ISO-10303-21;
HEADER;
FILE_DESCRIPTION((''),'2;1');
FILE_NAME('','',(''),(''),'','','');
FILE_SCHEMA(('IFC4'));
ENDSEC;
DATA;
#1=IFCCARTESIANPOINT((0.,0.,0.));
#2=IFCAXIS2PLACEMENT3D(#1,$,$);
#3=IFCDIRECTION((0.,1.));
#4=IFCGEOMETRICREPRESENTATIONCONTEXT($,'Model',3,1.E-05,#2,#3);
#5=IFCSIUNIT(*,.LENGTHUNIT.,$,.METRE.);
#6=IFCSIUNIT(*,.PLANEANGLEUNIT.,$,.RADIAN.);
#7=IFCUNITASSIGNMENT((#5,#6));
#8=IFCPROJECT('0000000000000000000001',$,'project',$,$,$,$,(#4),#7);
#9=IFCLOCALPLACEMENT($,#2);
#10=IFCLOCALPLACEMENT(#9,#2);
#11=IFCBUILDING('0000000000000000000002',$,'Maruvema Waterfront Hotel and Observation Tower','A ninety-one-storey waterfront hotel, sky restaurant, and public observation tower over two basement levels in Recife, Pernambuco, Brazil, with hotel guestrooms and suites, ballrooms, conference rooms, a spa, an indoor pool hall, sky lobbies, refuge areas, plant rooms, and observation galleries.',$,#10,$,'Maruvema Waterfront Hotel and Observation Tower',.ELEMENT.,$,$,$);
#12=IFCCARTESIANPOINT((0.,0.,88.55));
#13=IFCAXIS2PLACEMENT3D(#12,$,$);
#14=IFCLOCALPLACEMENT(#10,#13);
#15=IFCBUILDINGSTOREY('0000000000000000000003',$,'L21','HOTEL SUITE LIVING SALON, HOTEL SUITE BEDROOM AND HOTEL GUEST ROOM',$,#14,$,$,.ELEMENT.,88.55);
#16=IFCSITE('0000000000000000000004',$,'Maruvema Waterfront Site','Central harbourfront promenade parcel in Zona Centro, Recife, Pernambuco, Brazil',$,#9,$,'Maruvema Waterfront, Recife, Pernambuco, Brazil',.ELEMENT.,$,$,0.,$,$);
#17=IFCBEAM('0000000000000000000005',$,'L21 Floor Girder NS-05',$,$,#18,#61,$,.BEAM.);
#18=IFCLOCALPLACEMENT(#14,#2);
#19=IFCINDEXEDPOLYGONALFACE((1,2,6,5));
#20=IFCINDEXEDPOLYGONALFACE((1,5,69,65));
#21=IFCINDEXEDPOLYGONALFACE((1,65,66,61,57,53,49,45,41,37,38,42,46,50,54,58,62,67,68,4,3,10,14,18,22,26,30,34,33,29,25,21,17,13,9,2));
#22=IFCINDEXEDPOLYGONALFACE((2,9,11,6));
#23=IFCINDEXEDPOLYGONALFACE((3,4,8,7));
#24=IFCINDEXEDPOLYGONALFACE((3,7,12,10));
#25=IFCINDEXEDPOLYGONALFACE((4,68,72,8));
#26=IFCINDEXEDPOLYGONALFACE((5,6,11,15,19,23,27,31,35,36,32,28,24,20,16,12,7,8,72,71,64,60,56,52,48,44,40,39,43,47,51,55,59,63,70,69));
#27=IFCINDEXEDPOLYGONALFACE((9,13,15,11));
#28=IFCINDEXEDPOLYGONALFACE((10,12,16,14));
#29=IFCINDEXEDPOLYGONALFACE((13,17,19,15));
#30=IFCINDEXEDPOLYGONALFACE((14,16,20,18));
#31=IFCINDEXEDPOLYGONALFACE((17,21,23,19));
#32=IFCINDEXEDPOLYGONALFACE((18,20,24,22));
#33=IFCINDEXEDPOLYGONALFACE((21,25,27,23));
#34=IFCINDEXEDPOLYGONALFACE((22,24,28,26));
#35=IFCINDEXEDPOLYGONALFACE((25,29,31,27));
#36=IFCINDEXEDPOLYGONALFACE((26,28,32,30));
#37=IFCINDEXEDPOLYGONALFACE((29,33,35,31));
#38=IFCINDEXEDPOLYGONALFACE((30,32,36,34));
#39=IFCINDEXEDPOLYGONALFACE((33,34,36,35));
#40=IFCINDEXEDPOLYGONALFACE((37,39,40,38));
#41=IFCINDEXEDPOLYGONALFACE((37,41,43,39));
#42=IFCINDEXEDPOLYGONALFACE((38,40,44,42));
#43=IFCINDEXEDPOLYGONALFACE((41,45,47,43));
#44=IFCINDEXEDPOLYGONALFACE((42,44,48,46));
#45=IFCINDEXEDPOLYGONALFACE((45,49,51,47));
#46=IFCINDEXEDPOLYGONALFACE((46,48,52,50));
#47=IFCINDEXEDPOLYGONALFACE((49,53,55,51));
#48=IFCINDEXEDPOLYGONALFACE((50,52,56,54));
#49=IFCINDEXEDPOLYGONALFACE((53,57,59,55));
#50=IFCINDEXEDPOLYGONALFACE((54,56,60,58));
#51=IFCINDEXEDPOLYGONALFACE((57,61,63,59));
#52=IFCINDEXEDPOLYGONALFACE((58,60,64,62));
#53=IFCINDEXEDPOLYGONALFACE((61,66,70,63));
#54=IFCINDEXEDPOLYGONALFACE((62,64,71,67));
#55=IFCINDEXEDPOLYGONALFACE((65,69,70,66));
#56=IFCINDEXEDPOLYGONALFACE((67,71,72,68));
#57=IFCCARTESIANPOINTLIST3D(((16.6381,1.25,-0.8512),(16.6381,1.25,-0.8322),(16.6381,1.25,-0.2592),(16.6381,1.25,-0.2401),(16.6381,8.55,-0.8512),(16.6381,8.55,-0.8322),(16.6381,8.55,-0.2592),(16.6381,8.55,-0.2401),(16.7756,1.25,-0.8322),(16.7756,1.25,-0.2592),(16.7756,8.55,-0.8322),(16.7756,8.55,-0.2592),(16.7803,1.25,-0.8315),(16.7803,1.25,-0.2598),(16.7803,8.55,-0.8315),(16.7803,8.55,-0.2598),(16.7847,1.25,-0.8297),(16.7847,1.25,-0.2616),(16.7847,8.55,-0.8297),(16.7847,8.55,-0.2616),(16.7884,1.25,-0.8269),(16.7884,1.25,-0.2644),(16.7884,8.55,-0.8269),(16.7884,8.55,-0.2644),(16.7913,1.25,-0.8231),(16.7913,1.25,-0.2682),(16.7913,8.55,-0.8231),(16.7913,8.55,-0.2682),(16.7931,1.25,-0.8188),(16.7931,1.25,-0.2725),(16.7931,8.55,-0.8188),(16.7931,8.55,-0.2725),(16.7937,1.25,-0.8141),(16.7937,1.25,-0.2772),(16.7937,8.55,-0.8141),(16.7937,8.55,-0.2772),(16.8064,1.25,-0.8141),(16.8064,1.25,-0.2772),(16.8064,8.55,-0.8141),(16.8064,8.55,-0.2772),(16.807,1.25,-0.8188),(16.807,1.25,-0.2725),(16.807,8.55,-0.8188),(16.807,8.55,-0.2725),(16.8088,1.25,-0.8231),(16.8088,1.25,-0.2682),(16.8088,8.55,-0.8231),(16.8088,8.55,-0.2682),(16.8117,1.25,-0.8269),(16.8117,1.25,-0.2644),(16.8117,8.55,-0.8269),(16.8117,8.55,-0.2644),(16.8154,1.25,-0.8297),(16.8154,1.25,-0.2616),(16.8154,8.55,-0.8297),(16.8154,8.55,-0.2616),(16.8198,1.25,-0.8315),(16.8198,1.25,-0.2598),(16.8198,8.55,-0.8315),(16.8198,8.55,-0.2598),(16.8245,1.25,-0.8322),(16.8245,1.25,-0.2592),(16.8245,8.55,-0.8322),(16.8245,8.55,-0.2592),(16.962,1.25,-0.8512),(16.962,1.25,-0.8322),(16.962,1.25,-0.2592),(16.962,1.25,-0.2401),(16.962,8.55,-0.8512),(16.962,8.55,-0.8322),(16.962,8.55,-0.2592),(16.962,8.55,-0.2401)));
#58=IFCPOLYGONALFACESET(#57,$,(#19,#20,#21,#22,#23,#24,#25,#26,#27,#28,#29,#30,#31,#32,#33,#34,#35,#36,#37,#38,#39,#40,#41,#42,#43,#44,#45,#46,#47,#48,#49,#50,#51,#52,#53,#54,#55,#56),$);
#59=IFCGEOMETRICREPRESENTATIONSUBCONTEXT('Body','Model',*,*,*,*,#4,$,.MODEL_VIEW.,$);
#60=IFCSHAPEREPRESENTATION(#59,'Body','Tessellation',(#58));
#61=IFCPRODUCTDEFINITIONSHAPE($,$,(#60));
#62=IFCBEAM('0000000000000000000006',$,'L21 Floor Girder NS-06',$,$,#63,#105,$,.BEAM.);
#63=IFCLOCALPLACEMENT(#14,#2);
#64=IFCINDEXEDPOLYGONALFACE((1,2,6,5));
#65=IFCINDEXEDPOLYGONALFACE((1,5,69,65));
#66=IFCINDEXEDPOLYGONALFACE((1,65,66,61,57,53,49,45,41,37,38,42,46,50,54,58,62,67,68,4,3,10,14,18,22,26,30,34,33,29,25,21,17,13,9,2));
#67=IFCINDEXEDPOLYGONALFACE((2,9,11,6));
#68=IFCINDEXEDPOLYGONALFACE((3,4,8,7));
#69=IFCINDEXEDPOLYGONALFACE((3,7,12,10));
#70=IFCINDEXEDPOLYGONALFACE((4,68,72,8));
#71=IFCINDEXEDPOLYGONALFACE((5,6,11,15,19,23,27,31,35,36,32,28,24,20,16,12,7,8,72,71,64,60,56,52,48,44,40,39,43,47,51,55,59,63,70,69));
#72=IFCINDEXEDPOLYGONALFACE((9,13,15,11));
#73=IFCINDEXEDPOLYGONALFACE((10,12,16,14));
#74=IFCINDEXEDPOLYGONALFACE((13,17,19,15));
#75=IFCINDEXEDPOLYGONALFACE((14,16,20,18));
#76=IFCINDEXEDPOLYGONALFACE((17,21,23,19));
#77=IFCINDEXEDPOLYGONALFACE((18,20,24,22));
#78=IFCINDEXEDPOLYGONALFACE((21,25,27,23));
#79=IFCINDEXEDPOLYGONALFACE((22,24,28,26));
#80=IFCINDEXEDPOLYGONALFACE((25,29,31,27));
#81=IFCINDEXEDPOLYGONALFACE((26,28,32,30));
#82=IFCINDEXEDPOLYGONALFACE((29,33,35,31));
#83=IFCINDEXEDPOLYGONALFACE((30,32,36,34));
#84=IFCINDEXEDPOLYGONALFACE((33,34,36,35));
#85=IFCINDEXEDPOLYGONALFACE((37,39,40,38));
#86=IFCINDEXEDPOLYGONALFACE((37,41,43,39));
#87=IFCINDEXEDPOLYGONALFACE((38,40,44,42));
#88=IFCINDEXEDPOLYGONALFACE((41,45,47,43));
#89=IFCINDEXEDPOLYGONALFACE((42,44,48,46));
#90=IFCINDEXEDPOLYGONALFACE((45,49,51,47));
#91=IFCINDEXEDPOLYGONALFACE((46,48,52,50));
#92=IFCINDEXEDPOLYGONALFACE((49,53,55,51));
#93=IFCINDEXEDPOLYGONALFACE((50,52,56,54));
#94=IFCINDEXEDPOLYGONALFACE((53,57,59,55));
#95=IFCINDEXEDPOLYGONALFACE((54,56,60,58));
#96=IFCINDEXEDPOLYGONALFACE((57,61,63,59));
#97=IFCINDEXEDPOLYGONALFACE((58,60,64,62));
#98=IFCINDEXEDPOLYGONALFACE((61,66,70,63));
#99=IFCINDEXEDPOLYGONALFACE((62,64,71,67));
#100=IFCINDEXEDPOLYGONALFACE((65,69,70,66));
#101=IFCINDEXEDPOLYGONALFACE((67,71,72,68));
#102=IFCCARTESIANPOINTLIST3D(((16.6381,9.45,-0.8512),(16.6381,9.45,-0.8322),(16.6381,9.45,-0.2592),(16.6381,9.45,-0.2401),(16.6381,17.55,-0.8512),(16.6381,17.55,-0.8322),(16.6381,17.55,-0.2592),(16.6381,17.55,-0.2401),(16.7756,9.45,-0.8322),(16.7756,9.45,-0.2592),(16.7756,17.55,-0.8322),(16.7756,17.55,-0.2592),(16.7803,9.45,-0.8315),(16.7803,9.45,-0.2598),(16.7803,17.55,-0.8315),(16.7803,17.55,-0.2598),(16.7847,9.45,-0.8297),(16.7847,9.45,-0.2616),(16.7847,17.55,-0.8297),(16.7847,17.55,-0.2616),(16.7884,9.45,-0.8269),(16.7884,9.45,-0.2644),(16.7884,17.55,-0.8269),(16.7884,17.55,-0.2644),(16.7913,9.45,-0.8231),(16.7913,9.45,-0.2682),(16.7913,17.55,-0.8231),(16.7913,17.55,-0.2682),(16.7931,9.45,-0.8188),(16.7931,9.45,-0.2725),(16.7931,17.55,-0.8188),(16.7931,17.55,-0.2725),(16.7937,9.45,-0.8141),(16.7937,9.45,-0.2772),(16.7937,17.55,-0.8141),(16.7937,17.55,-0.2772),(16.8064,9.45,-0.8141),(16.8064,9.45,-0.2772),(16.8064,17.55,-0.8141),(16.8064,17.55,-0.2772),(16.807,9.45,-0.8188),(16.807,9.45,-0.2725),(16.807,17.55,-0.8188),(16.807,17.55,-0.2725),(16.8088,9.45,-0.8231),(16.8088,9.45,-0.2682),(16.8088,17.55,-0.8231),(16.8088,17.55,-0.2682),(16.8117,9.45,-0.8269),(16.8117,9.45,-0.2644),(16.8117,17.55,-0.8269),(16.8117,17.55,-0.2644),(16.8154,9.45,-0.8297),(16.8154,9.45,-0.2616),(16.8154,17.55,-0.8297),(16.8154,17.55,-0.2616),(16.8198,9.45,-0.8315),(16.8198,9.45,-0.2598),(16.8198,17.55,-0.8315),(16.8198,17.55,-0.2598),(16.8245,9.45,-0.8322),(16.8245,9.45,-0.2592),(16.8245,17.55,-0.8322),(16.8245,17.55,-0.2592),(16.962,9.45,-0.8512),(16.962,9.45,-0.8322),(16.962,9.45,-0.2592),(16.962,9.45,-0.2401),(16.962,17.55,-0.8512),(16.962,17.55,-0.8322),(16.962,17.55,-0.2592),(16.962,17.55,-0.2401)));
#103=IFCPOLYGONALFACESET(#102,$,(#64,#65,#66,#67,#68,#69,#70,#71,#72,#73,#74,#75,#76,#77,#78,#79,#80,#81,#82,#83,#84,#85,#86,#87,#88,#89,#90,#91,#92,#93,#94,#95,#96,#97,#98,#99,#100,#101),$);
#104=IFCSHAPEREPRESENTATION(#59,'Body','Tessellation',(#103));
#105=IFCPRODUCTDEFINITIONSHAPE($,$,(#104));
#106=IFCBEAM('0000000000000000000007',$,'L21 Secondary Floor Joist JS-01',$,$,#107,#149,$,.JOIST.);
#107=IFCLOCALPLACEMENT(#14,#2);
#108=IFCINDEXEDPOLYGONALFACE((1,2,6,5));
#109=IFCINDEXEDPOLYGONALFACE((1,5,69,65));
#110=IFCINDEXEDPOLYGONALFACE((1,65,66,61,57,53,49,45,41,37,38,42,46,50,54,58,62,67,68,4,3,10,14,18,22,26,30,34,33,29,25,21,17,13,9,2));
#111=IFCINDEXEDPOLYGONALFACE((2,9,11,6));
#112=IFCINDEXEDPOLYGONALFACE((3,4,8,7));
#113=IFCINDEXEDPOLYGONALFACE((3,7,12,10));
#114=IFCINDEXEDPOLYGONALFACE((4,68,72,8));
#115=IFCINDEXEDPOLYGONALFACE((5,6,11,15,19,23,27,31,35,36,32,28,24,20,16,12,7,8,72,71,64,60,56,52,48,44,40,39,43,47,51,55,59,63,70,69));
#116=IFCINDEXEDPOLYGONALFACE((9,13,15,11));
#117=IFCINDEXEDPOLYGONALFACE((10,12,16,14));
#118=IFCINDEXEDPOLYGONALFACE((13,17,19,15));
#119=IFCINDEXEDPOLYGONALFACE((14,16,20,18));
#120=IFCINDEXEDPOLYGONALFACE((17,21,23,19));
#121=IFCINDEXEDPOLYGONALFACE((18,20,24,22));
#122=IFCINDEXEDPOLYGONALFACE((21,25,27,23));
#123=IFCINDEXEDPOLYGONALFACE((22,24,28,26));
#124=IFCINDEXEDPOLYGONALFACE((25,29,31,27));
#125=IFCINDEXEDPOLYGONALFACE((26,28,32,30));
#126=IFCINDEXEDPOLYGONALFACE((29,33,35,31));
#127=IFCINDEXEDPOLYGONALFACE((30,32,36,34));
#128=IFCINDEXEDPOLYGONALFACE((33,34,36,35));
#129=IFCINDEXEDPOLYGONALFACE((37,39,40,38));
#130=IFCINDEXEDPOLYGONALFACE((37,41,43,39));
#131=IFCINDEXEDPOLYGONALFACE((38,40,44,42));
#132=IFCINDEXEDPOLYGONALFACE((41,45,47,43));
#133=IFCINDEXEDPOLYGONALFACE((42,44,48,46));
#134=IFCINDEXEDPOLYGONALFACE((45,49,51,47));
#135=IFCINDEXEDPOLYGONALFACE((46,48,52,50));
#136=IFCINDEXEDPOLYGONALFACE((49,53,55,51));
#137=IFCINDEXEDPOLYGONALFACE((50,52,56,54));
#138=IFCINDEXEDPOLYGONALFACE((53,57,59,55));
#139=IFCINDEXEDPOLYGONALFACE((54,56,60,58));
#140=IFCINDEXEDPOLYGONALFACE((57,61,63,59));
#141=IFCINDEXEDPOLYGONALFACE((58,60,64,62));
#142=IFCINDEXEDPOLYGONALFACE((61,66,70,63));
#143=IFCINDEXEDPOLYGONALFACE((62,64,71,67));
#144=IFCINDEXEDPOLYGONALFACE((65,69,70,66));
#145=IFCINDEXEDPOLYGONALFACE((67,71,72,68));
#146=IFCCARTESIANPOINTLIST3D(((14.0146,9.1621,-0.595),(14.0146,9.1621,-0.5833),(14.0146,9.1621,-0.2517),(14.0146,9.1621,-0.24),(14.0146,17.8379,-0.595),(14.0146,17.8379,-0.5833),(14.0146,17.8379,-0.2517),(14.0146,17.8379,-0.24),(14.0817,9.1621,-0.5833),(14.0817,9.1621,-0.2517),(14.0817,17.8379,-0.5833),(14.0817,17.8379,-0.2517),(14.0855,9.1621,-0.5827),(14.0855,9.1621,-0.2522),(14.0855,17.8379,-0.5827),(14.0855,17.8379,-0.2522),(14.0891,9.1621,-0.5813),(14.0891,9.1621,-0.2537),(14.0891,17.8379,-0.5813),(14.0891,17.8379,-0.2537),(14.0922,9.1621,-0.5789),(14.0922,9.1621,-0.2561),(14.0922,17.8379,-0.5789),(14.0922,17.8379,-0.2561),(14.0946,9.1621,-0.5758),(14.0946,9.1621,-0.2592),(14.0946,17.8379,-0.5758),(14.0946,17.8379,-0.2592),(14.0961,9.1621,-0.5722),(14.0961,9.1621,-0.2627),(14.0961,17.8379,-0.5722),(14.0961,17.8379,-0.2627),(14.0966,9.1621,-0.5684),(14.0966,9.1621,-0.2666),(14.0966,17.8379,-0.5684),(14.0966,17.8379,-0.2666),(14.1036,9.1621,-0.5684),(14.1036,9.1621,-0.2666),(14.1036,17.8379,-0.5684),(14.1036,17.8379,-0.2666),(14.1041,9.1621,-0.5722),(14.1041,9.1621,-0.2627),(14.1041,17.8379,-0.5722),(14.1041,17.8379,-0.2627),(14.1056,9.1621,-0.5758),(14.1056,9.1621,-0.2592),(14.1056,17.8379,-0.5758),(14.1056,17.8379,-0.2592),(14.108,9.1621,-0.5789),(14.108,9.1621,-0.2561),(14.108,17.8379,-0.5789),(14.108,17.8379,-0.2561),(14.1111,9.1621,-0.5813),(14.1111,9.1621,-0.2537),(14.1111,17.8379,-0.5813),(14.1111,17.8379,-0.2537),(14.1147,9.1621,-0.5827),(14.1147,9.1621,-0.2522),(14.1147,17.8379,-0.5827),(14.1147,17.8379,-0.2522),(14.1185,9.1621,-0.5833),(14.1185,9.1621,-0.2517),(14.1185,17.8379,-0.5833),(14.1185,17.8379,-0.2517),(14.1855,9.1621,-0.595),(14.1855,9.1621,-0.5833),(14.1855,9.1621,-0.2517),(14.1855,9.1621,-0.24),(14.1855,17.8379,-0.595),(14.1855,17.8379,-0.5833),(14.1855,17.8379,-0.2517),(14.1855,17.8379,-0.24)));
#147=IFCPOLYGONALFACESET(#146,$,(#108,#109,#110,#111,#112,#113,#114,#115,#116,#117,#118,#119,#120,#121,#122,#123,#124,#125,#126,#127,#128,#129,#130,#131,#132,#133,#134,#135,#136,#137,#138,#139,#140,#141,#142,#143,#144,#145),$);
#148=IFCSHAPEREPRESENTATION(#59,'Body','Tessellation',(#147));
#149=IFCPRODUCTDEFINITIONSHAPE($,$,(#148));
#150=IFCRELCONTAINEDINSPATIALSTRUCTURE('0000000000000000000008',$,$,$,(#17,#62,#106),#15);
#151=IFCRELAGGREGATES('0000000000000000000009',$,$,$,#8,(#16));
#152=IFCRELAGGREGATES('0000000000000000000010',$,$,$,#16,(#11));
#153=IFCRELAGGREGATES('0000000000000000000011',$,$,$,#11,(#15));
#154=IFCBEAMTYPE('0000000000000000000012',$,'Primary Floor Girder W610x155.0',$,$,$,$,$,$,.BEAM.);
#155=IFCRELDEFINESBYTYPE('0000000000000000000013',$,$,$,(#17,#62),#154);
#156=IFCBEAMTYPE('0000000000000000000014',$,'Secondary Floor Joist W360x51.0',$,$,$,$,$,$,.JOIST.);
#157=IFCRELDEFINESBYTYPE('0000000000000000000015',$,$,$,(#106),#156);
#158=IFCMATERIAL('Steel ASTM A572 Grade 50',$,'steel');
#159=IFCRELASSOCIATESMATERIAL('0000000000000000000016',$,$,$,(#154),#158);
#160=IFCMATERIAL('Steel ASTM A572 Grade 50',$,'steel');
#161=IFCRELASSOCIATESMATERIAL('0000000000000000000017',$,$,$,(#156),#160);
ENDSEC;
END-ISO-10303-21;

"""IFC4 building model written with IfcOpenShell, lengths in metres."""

from ifc_helpers import new_model, si_unit, direction, frame, origin, origin_2d, place, context, subcontext, project, spatial, i_section, extrude, material, material_profile, profile_set, type_object, element, save


model = new_model("IFC4")

# Units and contexts
model_context = context("Model", 3, precision=1e-05, world=origin(), true_north=direction((0.0, 1.0)))
body_context = subcontext(model_context, "Body", "Model", "MODEL_VIEW")
ifc_project = project(units=[si_unit("LENGTHUNIT", "METRE"), si_unit("PLANEANGLEUNIT", "RADIAN")], contexts=[model_context])

# Site, building, storey
site_placement = place(None, origin())
site = spatial("IfcSite", under=ifc_project, at=site_placement, Name="Maruvema Waterfront Site", Description="Central harbourfront promenade parcel in Zona Centro, Recife, Pernambuco, Brazil", LongName="Maruvema Waterfront, Recife, Pernambuco, Brazil", CompositionType="ELEMENT", RefElevation=0.0)
building_placement = place(site_placement, origin())
building = spatial("IfcBuilding", under=site, at=building_placement, Name="Maruvema Waterfront Hotel and Observation Tower", Description="A ninety-one-storey waterfront hotel, sky restaurant, and public observation tower over two basement levels in Recife, Pernambuco, Brazil, with hotel guestrooms and suites, ballrooms, conference rooms, a spa, an indoor pool hall, sky lobbies, refuge areas, plant rooms, and observation galleries.", LongName="Maruvema Waterfront Hotel and Observation Tower", CompositionType="ELEMENT")
storey_placement = place(building_placement, frame((0.0, 0.0, 88.55)))
storey = spatial("IfcBuildingStorey", under=building, at=storey_placement, Name="L21", Description="HOTEL SUITE LIVING SALON, HOTEL SUITE BEDROOM AND HOTEL GUEST ROOM", CompositionType="ELEMENT", Elevation=88.55)

# Beams
ifc_material_1 = material(Name="Steel ASTM A572 Grade 50", Category="steel")
ifc_material_profile_1 = material_profile(ifc_material_1, i_section(OverallWidth=0.324, OverallDepth=0.6111, WebThickness=0.0127, FlangeThickness=0.019, FilletRadius=0.0181, at=origin_2d()), Name="W610x155.0")
ifc_profile_set_1 = profile_set([ifc_material_profile_1], Name="Steel ASTM A572 Grade 50")
beam_type_1 = type_object("IfcBeamType", Name="Primary Floor Girder W610x155.0", PredefinedType="BEAM", material=ifc_profile_set_1)
beam_1_placement = place(storey_placement, frame((16.8, 1.25, -0.5457), z_axis=(0.0, 1.0, 0.0), x_axis=(-1.0, 0.0, 0.0)))
element("IfcBeam", 1, at=beam_1_placement, inside=storey, type_object=beam_type_1, Name="L21 Floor Girder NS-05", PredefinedType="BEAM", context=body_context, shape_type="SweptSolid", body=[
    extrude(i_section(OverallWidth=0.324, OverallDepth=0.6111, WebThickness=0.0127, FlangeThickness=0.019, FilletRadius=0.0181, at=origin_2d()), origin(), (0.0, 0.0, 1.0), 7.3),
])
beam_2_placement = place(storey_placement, frame((16.8, 9.45, -0.5457), z_axis=(0.0, 1.0, 0.0), x_axis=(-1.0, 0.0, 0.0)))
element("IfcBeam", 2, at=beam_2_placement, inside=storey, type_object=beam_type_1, Name="L21 Floor Girder NS-06", PredefinedType="BEAM", context=body_context, shape_type="SweptSolid", body=[
    extrude(i_section(OverallWidth=0.324, OverallDepth=0.6111, WebThickness=0.0127, FlangeThickness=0.019, FilletRadius=0.0181, at=origin_2d()), origin(), (0.0, 0.0, 1.0), 8.1001),
])
ifc_material_2 = material(Name="Steel ASTM A572 Grade 50", Category="steel")
ifc_material_profile_2 = material_profile(ifc_material_2, i_section(OverallWidth=0.1709, OverallDepth=0.355, WebThickness=0.0071, FlangeThickness=0.0117, FilletRadius=0.0149, at=origin_2d()), Name="W360x51.0")
ifc_profile_set_2 = profile_set([ifc_material_profile_2], Name="Steel ASTM A572 Grade 50")
beam_type_2 = type_object("IfcBeamType", Name="Secondary Floor Joist W360x51.0", PredefinedType="JOIST", material=ifc_profile_set_2)
beam_3_placement = place(storey_placement, frame((14.1001, 9.1621, -0.4175), z_axis=(0.0, 1.0, 0.0), x_axis=(-1.0, 0.0, 0.0)))
element("IfcBeam", 3, at=beam_3_placement, inside=storey, type_object=beam_type_2, Name="L21 Secondary Floor Joist JS-01", PredefinedType="JOIST", context=body_context, shape_type="SweptSolid", body=[
    extrude(i_section(OverallWidth=0.1709, OverallDepth=0.355, WebThickness=0.0071, FlangeThickness=0.0117, FilletRadius=0.0149, at=origin_2d()), origin(), (0.0, 0.0, 1.0), 8.6758),
])

save(model, "model.ifc")
